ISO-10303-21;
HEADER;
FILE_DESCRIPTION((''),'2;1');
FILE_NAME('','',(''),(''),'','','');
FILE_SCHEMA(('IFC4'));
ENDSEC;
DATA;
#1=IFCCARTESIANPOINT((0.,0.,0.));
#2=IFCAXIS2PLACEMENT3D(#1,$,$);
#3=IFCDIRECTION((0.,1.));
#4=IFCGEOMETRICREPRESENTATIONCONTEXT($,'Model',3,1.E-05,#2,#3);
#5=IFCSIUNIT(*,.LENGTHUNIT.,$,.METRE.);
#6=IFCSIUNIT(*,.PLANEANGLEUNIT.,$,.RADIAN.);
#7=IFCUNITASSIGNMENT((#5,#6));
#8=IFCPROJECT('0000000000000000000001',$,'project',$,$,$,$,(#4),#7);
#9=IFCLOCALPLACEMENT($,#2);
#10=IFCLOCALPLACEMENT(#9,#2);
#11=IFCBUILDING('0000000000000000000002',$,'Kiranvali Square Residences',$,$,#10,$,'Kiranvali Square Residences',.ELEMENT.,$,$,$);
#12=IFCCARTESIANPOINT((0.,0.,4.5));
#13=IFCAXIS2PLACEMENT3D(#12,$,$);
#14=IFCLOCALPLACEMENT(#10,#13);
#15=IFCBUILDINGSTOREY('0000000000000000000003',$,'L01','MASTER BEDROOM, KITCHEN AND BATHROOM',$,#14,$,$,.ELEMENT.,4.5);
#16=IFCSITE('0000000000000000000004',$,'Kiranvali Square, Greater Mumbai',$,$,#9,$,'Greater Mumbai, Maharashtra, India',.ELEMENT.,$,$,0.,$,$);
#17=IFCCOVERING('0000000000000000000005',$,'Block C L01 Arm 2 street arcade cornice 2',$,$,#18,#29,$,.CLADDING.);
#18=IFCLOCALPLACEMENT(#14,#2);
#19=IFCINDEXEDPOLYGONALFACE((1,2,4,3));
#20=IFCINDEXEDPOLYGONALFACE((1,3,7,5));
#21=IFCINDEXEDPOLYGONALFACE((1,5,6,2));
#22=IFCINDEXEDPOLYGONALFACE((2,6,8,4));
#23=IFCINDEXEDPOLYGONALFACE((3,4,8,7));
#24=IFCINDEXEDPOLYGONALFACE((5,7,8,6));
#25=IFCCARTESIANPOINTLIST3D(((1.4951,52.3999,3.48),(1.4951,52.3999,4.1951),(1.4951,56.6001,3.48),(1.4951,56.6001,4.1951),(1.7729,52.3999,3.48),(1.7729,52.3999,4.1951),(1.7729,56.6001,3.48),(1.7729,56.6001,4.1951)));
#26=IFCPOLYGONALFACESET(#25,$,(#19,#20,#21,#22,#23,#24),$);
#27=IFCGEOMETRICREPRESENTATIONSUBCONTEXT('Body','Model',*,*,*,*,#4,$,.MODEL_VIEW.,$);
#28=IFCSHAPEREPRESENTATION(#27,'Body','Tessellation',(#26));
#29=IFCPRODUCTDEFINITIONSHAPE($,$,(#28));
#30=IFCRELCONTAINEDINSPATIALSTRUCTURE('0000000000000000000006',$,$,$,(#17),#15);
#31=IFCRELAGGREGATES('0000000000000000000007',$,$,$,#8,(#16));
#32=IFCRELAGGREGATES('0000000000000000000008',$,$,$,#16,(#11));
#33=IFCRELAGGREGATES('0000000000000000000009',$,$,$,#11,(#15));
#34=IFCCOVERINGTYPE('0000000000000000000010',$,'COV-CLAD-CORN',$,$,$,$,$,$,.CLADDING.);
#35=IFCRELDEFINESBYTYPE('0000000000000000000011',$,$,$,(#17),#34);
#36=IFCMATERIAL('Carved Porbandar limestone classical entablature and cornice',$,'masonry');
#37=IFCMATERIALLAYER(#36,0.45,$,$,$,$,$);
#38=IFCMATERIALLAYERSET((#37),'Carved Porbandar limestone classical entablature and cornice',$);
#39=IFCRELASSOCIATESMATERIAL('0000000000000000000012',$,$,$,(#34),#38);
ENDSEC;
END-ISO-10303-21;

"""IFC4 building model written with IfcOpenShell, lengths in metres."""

from ifc_helpers import new_model, si_unit, direction, frame, origin, place, context, subcontext, project, spatial, polyline, outline, extrude, material, layer, layer_set, type_object, element, save


model = new_model("IFC4")

# Units and contexts
model_context = context("Model", 3, precision=1e-05, world=origin(), true_north=direction((0.0, 1.0)))
body_context = subcontext(model_context, "Body", "Model", "MODEL_VIEW")
ifc_project = project(units=[si_unit("LENGTHUNIT", "METRE"), si_unit("PLANEANGLEUNIT", "RADIAN")], contexts=[model_context])

# Site, building, storey
site_placement = place(None, origin())
site = spatial("IfcSite", under=ifc_project, at=site_placement, Name="Kiranvali Square, Greater Mumbai", LongName="Greater Mumbai, Maharashtra, India", CompositionType="ELEMENT", RefElevation=0.0)
building_placement = place(site_placement, origin())
building = spatial("IfcBuilding", under=site, at=building_placement, Name="Kiranvali Square Residences", LongName="Kiranvali Square Residences", CompositionType="ELEMENT")
storey_placement = place(building_placement, frame((0.0, 0.0, 4.5)))
storey = spatial("IfcBuildingStorey", under=building, at=storey_placement, Name="L01", Description="MASTER BEDROOM, KITCHEN AND BATHROOM", CompositionType="ELEMENT", Elevation=4.5)

# Covering
ifc_material = material(Name="Carved Porbandar limestone classical entablature and cornice", Category="masonry")
ifc_layer = layer(ifc_material, 0.45)
ifc_layer_set = layer_set([ifc_layer], Name="Carved Porbandar limestone classical entablature and cornice")
covering_type = type_object("IfcCoveringType", Name="COV-CLAD-CORN", PredefinedType="CLADDING", material=ifc_layer_set)
covering_1_placement = place(storey_placement, frame((0.0, 0.0, 3.48)))
element("IfcCovering", 1, at=covering_1_placement, inside=storey, type_object=covering_type, Name="Block C L01 Arm 2 street arcade cornice 2", PredefinedType="CLADDING", context=body_context, shape_type="SweptSolid", body=[
    extrude(outline(polyline([(1.7729, 52.3999), (1.7729, 56.6001), (1.4951, 56.6001), (1.4951, 52.3999), (1.7729, 52.3999)])), origin(), (0.0, 0.0, 1.0), 0.7151),
])

save(model, "model.ifc")
